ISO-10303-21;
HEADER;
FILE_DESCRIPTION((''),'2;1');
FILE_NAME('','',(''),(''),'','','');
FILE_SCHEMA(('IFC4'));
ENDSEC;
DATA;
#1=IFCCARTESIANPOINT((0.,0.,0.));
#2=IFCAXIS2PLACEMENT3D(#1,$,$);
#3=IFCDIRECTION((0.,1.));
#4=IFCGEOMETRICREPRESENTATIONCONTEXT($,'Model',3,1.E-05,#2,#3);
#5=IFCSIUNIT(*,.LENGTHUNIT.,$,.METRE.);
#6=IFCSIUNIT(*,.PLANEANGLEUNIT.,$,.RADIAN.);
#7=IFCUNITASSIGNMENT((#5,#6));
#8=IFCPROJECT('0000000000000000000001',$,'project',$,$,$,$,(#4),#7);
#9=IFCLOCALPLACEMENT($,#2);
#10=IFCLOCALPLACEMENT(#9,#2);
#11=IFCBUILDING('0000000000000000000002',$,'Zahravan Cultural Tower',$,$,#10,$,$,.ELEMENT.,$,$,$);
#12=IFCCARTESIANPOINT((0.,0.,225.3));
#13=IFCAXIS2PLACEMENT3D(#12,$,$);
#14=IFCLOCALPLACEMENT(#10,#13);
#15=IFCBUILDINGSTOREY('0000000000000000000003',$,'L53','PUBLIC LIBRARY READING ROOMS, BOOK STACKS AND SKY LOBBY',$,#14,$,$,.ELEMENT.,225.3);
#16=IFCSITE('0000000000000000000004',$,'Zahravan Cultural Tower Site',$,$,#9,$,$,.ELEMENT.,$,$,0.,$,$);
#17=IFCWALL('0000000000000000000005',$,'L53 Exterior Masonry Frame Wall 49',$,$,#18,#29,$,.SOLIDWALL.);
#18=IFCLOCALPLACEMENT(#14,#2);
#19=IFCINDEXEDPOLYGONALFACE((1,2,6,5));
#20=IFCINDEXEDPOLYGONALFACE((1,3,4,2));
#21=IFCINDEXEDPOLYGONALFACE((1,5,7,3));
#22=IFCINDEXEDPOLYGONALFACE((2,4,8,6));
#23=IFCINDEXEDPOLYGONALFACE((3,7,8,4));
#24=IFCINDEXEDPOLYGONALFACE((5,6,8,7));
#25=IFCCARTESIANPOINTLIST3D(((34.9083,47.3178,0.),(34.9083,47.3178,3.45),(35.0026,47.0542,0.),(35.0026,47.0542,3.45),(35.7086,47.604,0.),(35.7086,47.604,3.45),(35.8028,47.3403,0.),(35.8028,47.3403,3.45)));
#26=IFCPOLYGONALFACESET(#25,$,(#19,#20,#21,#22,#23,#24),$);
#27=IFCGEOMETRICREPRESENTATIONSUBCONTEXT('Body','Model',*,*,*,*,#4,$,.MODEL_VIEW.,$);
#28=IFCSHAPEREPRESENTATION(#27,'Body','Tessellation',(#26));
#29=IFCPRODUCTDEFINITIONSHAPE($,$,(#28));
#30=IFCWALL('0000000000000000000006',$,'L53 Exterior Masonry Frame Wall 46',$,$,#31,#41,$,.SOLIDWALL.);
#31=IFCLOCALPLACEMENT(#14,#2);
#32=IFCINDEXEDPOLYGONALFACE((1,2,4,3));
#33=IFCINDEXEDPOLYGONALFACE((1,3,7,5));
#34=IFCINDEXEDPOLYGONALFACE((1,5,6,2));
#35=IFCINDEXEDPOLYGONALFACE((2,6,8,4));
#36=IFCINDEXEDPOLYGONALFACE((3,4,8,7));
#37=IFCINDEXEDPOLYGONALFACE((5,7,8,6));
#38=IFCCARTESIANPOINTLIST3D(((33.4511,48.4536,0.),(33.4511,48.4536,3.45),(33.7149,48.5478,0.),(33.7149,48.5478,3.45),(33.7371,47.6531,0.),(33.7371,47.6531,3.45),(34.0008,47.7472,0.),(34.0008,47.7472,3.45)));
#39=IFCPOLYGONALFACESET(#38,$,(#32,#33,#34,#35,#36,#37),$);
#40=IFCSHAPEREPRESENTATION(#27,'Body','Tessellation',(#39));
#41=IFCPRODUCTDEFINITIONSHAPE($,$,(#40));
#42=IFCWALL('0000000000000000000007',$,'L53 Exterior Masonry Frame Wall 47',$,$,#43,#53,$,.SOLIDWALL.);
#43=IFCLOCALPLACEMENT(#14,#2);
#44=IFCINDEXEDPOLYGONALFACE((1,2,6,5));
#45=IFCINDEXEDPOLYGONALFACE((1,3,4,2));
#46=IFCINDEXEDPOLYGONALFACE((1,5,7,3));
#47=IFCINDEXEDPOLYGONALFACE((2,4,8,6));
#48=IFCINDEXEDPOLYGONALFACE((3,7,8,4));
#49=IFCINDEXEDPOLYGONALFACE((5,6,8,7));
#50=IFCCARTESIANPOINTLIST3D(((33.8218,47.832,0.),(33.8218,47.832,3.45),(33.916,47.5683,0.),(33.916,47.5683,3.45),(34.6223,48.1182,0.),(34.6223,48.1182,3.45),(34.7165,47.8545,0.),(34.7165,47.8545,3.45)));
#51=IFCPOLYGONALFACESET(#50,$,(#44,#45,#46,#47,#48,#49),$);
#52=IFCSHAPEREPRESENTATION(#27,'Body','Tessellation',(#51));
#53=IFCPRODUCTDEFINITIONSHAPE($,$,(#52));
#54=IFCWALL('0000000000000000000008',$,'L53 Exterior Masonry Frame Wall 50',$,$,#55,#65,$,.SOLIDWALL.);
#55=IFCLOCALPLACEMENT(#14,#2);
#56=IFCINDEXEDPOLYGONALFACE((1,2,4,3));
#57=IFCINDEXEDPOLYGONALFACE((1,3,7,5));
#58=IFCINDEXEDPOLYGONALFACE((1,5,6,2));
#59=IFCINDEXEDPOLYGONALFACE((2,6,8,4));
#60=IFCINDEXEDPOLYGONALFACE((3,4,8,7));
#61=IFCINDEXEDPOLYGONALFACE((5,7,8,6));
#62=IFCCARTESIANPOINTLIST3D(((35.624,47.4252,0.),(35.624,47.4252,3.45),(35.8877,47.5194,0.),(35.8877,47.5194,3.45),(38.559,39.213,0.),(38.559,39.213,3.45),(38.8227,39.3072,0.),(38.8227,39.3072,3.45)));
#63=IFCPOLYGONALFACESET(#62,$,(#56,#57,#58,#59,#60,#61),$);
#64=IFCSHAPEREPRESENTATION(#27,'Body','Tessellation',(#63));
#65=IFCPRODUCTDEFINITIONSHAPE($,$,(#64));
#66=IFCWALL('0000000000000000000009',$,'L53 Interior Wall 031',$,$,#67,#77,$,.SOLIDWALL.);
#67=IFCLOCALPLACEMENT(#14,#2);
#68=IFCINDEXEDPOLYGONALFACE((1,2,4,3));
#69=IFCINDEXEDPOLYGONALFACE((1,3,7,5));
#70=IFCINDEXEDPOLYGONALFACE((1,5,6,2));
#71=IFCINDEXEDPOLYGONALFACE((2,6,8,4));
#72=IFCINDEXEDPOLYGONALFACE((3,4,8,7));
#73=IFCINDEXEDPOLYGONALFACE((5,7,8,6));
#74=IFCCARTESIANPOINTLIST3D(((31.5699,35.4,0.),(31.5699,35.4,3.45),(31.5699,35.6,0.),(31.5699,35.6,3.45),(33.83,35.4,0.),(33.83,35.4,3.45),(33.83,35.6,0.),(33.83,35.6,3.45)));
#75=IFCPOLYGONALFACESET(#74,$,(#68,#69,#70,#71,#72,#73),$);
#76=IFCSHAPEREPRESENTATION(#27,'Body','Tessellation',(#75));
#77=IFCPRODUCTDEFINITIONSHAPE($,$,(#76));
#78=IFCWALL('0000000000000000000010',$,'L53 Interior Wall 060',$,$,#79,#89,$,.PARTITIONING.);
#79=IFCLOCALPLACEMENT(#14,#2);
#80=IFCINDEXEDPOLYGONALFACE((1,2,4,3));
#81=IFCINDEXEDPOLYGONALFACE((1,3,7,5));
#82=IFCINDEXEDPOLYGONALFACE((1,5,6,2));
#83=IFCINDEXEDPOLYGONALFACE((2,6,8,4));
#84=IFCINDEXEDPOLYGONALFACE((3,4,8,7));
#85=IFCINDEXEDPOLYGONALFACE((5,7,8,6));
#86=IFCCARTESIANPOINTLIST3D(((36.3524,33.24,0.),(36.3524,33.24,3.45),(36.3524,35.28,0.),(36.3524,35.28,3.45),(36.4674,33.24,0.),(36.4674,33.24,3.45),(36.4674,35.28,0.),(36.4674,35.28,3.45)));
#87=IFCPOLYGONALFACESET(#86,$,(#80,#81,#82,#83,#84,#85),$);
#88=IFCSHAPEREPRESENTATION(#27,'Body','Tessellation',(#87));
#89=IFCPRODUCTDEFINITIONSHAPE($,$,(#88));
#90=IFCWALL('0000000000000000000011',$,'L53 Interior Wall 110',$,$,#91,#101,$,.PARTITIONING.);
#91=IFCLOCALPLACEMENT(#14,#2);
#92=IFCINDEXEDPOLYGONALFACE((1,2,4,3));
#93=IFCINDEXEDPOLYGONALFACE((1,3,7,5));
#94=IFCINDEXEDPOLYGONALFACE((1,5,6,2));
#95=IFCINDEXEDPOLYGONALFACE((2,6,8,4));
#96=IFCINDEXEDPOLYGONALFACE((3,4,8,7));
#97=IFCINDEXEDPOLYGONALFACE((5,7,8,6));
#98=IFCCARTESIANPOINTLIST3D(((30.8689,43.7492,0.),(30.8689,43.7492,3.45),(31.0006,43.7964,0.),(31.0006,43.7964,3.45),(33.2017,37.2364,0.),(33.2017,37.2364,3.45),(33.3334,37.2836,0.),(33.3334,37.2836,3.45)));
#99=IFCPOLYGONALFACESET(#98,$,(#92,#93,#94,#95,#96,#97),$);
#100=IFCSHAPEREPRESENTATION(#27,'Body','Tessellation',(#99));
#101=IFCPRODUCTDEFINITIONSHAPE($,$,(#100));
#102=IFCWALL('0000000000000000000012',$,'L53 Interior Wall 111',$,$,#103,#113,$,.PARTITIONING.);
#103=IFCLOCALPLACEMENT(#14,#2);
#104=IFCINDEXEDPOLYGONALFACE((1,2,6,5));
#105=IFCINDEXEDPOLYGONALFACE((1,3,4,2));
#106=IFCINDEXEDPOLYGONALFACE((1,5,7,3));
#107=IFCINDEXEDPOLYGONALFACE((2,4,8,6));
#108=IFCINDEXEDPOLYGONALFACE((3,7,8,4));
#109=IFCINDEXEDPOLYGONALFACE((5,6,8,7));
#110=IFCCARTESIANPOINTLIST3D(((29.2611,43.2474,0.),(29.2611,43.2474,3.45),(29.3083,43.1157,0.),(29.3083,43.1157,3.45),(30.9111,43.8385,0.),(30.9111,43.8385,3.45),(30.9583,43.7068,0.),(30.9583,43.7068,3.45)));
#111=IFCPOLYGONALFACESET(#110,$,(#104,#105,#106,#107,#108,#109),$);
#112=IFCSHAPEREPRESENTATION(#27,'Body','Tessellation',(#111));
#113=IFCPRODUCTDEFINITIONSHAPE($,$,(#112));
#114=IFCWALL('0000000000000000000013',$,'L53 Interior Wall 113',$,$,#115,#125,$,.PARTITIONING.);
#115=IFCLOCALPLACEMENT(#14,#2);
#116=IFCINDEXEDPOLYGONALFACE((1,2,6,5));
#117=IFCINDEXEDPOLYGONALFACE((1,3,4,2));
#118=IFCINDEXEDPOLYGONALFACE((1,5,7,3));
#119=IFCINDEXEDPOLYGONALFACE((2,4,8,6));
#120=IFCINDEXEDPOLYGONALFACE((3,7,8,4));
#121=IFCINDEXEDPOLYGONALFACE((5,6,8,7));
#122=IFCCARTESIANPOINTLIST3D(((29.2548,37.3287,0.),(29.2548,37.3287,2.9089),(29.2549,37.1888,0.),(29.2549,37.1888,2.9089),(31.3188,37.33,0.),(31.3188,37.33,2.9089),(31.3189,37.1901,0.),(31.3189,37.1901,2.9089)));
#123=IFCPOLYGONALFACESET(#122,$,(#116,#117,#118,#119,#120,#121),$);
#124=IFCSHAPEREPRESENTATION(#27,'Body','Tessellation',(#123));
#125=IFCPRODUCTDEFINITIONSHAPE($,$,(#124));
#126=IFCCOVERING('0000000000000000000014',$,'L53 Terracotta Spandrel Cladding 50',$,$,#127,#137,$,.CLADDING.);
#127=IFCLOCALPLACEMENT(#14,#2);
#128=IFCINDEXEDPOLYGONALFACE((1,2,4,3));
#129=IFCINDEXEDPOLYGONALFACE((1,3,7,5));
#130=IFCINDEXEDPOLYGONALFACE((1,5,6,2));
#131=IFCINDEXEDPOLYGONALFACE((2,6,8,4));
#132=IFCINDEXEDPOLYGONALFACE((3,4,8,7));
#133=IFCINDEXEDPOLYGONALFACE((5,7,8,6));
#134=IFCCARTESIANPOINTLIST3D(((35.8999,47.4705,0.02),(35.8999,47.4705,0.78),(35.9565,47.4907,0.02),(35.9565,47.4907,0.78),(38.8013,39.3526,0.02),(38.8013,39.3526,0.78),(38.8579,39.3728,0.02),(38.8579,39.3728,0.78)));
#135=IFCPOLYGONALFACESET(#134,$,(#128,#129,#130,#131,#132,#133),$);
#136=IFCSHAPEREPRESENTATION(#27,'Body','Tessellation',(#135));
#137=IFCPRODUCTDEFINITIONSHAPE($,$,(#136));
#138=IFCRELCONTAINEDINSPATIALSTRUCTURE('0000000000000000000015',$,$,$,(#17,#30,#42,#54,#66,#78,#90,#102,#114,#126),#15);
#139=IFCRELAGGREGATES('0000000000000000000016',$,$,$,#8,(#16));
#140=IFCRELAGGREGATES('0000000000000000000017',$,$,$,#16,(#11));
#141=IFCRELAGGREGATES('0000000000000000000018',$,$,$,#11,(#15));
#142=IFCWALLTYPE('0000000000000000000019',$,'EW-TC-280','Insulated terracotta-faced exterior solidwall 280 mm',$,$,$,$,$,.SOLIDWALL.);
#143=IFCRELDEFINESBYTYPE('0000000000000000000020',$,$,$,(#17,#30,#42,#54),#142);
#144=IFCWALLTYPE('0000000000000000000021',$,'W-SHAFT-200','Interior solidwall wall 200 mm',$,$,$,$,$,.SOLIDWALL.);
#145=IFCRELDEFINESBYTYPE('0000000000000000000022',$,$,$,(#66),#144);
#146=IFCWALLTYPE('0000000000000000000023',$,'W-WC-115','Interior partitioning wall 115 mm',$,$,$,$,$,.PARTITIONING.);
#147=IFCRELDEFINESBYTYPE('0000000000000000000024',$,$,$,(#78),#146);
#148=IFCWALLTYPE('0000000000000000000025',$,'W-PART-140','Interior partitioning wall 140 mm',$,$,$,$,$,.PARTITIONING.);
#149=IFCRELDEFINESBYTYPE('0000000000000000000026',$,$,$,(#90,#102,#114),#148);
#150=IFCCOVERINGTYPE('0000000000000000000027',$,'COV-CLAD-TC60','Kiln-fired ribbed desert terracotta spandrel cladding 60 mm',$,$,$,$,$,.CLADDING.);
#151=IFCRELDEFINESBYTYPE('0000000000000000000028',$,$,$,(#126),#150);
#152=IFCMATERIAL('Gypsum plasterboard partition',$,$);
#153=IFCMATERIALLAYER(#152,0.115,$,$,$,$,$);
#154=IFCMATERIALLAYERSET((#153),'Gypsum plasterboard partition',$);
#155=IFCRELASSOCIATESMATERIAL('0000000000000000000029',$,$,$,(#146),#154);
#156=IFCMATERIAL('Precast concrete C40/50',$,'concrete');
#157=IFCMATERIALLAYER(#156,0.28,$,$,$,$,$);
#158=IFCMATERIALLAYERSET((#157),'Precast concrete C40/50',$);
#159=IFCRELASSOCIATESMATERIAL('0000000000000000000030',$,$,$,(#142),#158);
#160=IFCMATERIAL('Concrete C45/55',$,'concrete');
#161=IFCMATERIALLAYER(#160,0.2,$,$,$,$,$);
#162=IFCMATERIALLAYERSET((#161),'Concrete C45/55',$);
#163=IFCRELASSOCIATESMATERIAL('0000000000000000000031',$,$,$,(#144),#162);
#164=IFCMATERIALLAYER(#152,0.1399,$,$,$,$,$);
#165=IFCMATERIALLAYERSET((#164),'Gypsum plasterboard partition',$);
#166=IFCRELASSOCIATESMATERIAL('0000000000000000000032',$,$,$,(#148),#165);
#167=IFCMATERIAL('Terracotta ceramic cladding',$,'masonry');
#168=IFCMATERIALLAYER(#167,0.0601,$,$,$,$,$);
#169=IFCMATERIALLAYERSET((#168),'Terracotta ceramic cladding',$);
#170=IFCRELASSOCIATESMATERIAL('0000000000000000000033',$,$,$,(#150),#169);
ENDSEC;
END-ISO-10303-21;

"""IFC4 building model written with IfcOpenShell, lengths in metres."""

from ifc_helpers import new_model, si_unit, direction, frame, frame_2d, origin, origin_2d, place, context, subcontext, project, spatial, rectangle, extrude, source, transform, mapped, material, layer, layer_set, type_object, element, save


model = new_model("IFC4")

# Units and contexts
model_context = context("Model", 3, precision=1e-05, world=origin(), true_north=direction((0.0, 1.0)))
body_context = subcontext(model_context, "Body", "Model", "MODEL_VIEW")
ifc_project = project(units=[si_unit("LENGTHUNIT", "METRE"), si_unit("PLANEANGLEUNIT", "RADIAN")], contexts=[model_context])

# Site, building, storey
site_placement = place(None, origin())
site = spatial("IfcSite", under=ifc_project, at=site_placement, Name="Zahravan Cultural Tower Site", CompositionType="ELEMENT", RefElevation=0.0)
building_placement = place(site_placement, origin())
building = spatial("IfcBuilding", under=site, at=building_placement, Name="Zahravan Cultural Tower", CompositionType="ELEMENT")
storey_placement = place(building_placement, frame((0.0, 0.0, 225.3)))
storey = spatial("IfcBuildingStorey", under=building, at=storey_placement, Name="L53", Description="PUBLIC LIBRARY READING ROOMS, BOOK STACKS AND SKY LOBBY", CompositionType="ELEMENT", Elevation=225.3)

# Shared definitions
ifc_material_1 = material(Name="Gypsum plasterboard partition")
ifc_layer_1 = layer(ifc_material_1, 0.115)
ifc_layer_set_1 = layer_set([ifc_layer_1], Name="Gypsum plasterboard partition")
wall_type_1 = type_object("IfcWallType", Name="W-WC-115", Description="Interior partitioning wall 115 mm", PredefinedType="PARTITIONING", material=ifc_layer_set_1)

# Walls
ifc_material_2 = material(Name="Precast concrete C40/50", Category="concrete")
ifc_layer_2 = layer(ifc_material_2, 0.28)
ifc_layer_set_2 = layer_set([ifc_layer_2], Name="Precast concrete C40/50")
wall_type_2 = type_object("IfcWallType", Name="EW-TC-280", Description="Insulated terracotta-faced exterior solidwall 280 mm", PredefinedType="SOLIDWALL", material=ifc_layer_set_2)
shared_shape_1 = source(origin(), body_context, "Body", "SweptSolid", [
    extrude(rectangle(XDim=0.8499, YDim=0.28, at=frame_2d((0.4248, 0.0))), origin(), (0.0, 0.0, 1.0), 3.45),
])
for number, where, z_axis, x_axis, name in (
    (1, (34.9556, 47.186, 0.0), (0.0, 0.0, 1.0), (0.941625, 0.336664, 0.0), "L53 Exterior Masonry Frame Wall 49"),
):
    element("IfcWall", number, at=place(storey_placement, frame(where, z_axis=z_axis, x_axis=x_axis)), inside=storey, type_object=wall_type_2, Name=name, PredefinedType="SOLIDWALL", context=body_context, shape_type="MappedRepresentation", body=[
        mapped(shared_shape_1, transform((0.0, 0.0, 0.0), x_axis=(1.0, 0.0, 0.0), y_axis=(0.0, 1.0, 0.0), z_axis=(0.0, 0.0, 1.0), scale=1.0)),
    ])
shared_shape_2 = source(origin(), body_context, "Body", "SweptSolid", [
    extrude(rectangle(XDim=0.8501, YDim=0.28, at=frame_2d((0.425, 0.0))), origin(), (0.0, 0.0, 1.0), 3.45),
])
for number, where, z_axis, x_axis, name in (
    (2, (33.583, 48.5007, 0.0), (0.0, 0.0, 1.0), (0.336318, -0.941748, 0.0), "L53 Exterior Masonry Frame Wall 46"),
    (3, (33.8689, 47.7002, 0.0), (0.0, 0.0, 1.0), (0.941657, 0.336573, 0.0), "L53 Exterior Masonry Frame Wall 47"),
):
    element("IfcWall", number, at=place(storey_placement, frame(where, z_axis=z_axis, x_axis=x_axis)), inside=storey, type_object=wall_type_2, Name=name, PredefinedType="SOLIDWALL", context=body_context, shape_type="MappedRepresentation", body=[
        mapped(shared_shape_2, transform((0.0, 0.0, 0.0), x_axis=(1.0, 0.0, 0.0), y_axis=(0.0, 1.0, 0.0), z_axis=(0.0, 0.0, 1.0), scale=1.0)),
    ])
shared_shape_3 = source(origin(), body_context, "Body", "SweptSolid", [
    extrude(rectangle(XDim=8.7209, YDim=0.28, at=frame_2d((4.3604, 0.0))), origin(), (0.0, 0.0, 1.0), 3.45),
])
wall_1_placement = place(storey_placement, frame((35.7559, 47.4722, 0.0), z_axis=(0.0, 0.0, 1.0), x_axis=(0.336555, -0.941664, 0.0)))
element("IfcWall", 4, at=wall_1_placement, inside=storey, type_object=wall_type_2, Name="L53 Exterior Masonry Frame Wall 50", PredefinedType="SOLIDWALL", context=body_context, shape_type="MappedRepresentation", body=[
    mapped(shared_shape_3, transform((0.0, 0.0, 0.0), x_axis=(1.0, 0.0, 0.0), y_axis=(0.0, 1.0, 0.0), z_axis=(0.0, 0.0, 1.0), scale=1.0)),
])
ifc_material_3 = material(Name="Concrete C45/55", Category="concrete")
ifc_layer_3 = layer(ifc_material_3, 0.2)
ifc_layer_set_3 = layer_set([ifc_layer_3], Name="Concrete C45/55")
wall_type_3 = type_object("IfcWallType", Name="W-SHAFT-200", Description="Interior solidwall wall 200 mm", PredefinedType="SOLIDWALL", material=ifc_layer_set_3)
shared_shape_4 = source(origin(), body_context, "Body", "SweptSolid", [
    extrude(rectangle(XDim=2.26, YDim=0.2, at=frame_2d((1.1299, 0.0))), origin(), (0.0, 0.0, 1.0), 3.45),
])
wall_2_placement = place(storey_placement, frame((31.5701, 35.5, 0.0), z_axis=(0.0, 0.0, 1.0), x_axis=(1.0, 0.0, 0.0)))
element("IfcWall", 5, at=wall_2_placement, inside=storey, type_object=wall_type_3, Name="L53 Interior Wall 031", PredefinedType="SOLIDWALL", context=body_context, shape_type="MappedRepresentation", body=[
    mapped(shared_shape_4, transform((0.0, 0.0, 0.0), x_axis=(1.0, 0.0, 0.0), y_axis=(0.0, 1.0, 0.0), z_axis=(0.0, 0.0, 1.0), scale=1.0)),
])
shared_shape_5 = source(origin(), body_context, "Body", "SweptSolid", [
    extrude(rectangle(XDim=2.04, YDim=0.115, at=frame_2d((1.02, 0.0))), origin(), (0.0, 0.0, 1.0), 3.45),
])
wall_3_placement = place(storey_placement, frame((36.4099, 35.28, 0.0), z_axis=(0.0, 0.0, 1.0), x_axis=(0.0, -1.0, 0.0)))
element("IfcWall", 6, at=wall_3_placement, inside=storey, type_object=wall_type_1, Name="L53 Interior Wall 060", PredefinedType="PARTITIONING", context=body_context, shape_type="MappedRepresentation", body=[
    mapped(shared_shape_5, transform((0.0, 0.0, 0.0), x_axis=(1.0, 0.0, 0.0), y_axis=(0.0, 1.0, 0.0), z_axis=(0.0, 0.0, 1.0), scale=1.0)),
])
ifc_layer_4 = layer(ifc_material_1, 0.1399)
ifc_layer_set_4 = layer_set([ifc_layer_4], Name="Gypsum plasterboard partition")
wall_type_4 = type_object("IfcWallType", Name="W-PART-140", Description="Interior partitioning wall 140 mm", PredefinedType="PARTITIONING", material=ifc_layer_set_4)
shared_shape_6 = source(origin(), body_context, "Body", "SweptSolid", [
    extrude(rectangle(XDim=6.918, YDim=0.1399, at=frame_2d((3.459, 0.0))), origin(), (0.0, 0.0, 1.0), 3.45),
])
wall_4_placement = place(storey_placement, frame((33.2676, 37.26, 0.0), z_axis=(0.0, 0.0, 1.0), x_axis=(-0.337208, 0.94143, 0.0)))
element("IfcWall", 7, at=wall_4_placement, inside=storey, type_object=wall_type_4, Name="L53 Interior Wall 110", PredefinedType="PARTITIONING", context=body_context, shape_type="MappedRepresentation", body=[
    mapped(shared_shape_6, transform((0.0, 0.0, 0.0), x_axis=(1.0, 0.0, 0.0), y_axis=(0.0, 1.0, 0.0), z_axis=(0.0, 0.0, 1.0), scale=1.0)),
])
shared_shape_7 = source(origin(), body_context, "Body", "SweptSolid", [
    extrude(rectangle(XDim=1.7527, YDim=0.1399, at=frame_2d((0.8765, 0.0))), origin(), (0.0, 0.0, 1.0), 3.45),
])
wall_5_placement = place(storey_placement, frame((30.9348, 43.7727, 0.0), z_axis=(0.0, 0.0, 1.0), x_axis=(-0.941414, -0.337254, 0.0)))
element("IfcWall", 8, at=wall_5_placement, inside=storey, type_object=wall_type_4, Name="L53 Interior Wall 111", PredefinedType="PARTITIONING", context=body_context, shape_type="MappedRepresentation", body=[
    mapped(shared_shape_7, transform((0.0, 0.0, 0.0), x_axis=(1.0, 0.0, 0.0), y_axis=(0.0, 1.0, 0.0), z_axis=(0.0, 0.0, 1.0), scale=1.0)),
])
shared_shape_8 = source(origin(), body_context, "Body", "SweptSolid", [
    extrude(rectangle(XDim=2.064, YDim=0.1399, at=frame_2d((1.032, 0.0))), origin(), (0.0, 0.0, 1.0), 2.9089),
])
wall_6_placement = place(storey_placement, frame((31.3188, 37.26, 0.0), z_axis=(0.0, 0.0, 1.0), x_axis=(-1.0, -0.000591, 0.0)))
element("IfcWall", 9, at=wall_6_placement, inside=storey, type_object=wall_type_4, Name="L53 Interior Wall 113", PredefinedType="PARTITIONING", context=body_context, shape_type="MappedRepresentation", body=[
    mapped(shared_shape_8, transform((0.0, 0.0, 0.0), x_axis=(1.0, 0.0, 0.0), y_axis=(0.0, 1.0, 0.0), z_axis=(0.0, 0.0, 1.0), scale=1.0)),
])

# Covering
ifc_material_4 = material(Name="Terracotta ceramic cladding", Category="masonry")
ifc_layer_5 = layer(ifc_material_4, 0.0601)
ifc_layer_set_5 = layer_set([ifc_layer_5], Name="Terracotta ceramic cladding")
covering_type = type_object("IfcCoveringType", Name="COV-CLAD-TC60", Description="Kiln-fired ribbed desert terracotta spandrel cladding 60 mm", PredefinedType="CLADDING", material=ifc_layer_set_5)
shared_shape_9 = source(origin(), body_context, "Body", "SweptSolid", [
    extrude(rectangle(XDim=8.6208, YDim=0.0601, at=origin_2d()), origin(), (0.0, 0.0, 1.0), 0.76),
])
covering_placement = place(storey_placement, frame((37.3789, 43.4216, 0.02), z_axis=(0.0, 0.0, 1.0), x_axis=(0.336553, -0.941665, 0.0)))
element("IfcCovering", 10, at=covering_placement, inside=storey, type_object=covering_type, Name="L53 Terracotta Spandrel Cladding 50", PredefinedType="CLADDING", context=body_context, shape_type="MappedRepresentation", body=[
    mapped(shared_shape_9, transform((0.0, 0.0, 0.0), x_axis=(1.0, 0.0, 0.0), y_axis=(0.0, 1.0, 0.0), z_axis=(0.0, 0.0, 1.0), scale=1.0)),
])

save(model, "model.ifc")
